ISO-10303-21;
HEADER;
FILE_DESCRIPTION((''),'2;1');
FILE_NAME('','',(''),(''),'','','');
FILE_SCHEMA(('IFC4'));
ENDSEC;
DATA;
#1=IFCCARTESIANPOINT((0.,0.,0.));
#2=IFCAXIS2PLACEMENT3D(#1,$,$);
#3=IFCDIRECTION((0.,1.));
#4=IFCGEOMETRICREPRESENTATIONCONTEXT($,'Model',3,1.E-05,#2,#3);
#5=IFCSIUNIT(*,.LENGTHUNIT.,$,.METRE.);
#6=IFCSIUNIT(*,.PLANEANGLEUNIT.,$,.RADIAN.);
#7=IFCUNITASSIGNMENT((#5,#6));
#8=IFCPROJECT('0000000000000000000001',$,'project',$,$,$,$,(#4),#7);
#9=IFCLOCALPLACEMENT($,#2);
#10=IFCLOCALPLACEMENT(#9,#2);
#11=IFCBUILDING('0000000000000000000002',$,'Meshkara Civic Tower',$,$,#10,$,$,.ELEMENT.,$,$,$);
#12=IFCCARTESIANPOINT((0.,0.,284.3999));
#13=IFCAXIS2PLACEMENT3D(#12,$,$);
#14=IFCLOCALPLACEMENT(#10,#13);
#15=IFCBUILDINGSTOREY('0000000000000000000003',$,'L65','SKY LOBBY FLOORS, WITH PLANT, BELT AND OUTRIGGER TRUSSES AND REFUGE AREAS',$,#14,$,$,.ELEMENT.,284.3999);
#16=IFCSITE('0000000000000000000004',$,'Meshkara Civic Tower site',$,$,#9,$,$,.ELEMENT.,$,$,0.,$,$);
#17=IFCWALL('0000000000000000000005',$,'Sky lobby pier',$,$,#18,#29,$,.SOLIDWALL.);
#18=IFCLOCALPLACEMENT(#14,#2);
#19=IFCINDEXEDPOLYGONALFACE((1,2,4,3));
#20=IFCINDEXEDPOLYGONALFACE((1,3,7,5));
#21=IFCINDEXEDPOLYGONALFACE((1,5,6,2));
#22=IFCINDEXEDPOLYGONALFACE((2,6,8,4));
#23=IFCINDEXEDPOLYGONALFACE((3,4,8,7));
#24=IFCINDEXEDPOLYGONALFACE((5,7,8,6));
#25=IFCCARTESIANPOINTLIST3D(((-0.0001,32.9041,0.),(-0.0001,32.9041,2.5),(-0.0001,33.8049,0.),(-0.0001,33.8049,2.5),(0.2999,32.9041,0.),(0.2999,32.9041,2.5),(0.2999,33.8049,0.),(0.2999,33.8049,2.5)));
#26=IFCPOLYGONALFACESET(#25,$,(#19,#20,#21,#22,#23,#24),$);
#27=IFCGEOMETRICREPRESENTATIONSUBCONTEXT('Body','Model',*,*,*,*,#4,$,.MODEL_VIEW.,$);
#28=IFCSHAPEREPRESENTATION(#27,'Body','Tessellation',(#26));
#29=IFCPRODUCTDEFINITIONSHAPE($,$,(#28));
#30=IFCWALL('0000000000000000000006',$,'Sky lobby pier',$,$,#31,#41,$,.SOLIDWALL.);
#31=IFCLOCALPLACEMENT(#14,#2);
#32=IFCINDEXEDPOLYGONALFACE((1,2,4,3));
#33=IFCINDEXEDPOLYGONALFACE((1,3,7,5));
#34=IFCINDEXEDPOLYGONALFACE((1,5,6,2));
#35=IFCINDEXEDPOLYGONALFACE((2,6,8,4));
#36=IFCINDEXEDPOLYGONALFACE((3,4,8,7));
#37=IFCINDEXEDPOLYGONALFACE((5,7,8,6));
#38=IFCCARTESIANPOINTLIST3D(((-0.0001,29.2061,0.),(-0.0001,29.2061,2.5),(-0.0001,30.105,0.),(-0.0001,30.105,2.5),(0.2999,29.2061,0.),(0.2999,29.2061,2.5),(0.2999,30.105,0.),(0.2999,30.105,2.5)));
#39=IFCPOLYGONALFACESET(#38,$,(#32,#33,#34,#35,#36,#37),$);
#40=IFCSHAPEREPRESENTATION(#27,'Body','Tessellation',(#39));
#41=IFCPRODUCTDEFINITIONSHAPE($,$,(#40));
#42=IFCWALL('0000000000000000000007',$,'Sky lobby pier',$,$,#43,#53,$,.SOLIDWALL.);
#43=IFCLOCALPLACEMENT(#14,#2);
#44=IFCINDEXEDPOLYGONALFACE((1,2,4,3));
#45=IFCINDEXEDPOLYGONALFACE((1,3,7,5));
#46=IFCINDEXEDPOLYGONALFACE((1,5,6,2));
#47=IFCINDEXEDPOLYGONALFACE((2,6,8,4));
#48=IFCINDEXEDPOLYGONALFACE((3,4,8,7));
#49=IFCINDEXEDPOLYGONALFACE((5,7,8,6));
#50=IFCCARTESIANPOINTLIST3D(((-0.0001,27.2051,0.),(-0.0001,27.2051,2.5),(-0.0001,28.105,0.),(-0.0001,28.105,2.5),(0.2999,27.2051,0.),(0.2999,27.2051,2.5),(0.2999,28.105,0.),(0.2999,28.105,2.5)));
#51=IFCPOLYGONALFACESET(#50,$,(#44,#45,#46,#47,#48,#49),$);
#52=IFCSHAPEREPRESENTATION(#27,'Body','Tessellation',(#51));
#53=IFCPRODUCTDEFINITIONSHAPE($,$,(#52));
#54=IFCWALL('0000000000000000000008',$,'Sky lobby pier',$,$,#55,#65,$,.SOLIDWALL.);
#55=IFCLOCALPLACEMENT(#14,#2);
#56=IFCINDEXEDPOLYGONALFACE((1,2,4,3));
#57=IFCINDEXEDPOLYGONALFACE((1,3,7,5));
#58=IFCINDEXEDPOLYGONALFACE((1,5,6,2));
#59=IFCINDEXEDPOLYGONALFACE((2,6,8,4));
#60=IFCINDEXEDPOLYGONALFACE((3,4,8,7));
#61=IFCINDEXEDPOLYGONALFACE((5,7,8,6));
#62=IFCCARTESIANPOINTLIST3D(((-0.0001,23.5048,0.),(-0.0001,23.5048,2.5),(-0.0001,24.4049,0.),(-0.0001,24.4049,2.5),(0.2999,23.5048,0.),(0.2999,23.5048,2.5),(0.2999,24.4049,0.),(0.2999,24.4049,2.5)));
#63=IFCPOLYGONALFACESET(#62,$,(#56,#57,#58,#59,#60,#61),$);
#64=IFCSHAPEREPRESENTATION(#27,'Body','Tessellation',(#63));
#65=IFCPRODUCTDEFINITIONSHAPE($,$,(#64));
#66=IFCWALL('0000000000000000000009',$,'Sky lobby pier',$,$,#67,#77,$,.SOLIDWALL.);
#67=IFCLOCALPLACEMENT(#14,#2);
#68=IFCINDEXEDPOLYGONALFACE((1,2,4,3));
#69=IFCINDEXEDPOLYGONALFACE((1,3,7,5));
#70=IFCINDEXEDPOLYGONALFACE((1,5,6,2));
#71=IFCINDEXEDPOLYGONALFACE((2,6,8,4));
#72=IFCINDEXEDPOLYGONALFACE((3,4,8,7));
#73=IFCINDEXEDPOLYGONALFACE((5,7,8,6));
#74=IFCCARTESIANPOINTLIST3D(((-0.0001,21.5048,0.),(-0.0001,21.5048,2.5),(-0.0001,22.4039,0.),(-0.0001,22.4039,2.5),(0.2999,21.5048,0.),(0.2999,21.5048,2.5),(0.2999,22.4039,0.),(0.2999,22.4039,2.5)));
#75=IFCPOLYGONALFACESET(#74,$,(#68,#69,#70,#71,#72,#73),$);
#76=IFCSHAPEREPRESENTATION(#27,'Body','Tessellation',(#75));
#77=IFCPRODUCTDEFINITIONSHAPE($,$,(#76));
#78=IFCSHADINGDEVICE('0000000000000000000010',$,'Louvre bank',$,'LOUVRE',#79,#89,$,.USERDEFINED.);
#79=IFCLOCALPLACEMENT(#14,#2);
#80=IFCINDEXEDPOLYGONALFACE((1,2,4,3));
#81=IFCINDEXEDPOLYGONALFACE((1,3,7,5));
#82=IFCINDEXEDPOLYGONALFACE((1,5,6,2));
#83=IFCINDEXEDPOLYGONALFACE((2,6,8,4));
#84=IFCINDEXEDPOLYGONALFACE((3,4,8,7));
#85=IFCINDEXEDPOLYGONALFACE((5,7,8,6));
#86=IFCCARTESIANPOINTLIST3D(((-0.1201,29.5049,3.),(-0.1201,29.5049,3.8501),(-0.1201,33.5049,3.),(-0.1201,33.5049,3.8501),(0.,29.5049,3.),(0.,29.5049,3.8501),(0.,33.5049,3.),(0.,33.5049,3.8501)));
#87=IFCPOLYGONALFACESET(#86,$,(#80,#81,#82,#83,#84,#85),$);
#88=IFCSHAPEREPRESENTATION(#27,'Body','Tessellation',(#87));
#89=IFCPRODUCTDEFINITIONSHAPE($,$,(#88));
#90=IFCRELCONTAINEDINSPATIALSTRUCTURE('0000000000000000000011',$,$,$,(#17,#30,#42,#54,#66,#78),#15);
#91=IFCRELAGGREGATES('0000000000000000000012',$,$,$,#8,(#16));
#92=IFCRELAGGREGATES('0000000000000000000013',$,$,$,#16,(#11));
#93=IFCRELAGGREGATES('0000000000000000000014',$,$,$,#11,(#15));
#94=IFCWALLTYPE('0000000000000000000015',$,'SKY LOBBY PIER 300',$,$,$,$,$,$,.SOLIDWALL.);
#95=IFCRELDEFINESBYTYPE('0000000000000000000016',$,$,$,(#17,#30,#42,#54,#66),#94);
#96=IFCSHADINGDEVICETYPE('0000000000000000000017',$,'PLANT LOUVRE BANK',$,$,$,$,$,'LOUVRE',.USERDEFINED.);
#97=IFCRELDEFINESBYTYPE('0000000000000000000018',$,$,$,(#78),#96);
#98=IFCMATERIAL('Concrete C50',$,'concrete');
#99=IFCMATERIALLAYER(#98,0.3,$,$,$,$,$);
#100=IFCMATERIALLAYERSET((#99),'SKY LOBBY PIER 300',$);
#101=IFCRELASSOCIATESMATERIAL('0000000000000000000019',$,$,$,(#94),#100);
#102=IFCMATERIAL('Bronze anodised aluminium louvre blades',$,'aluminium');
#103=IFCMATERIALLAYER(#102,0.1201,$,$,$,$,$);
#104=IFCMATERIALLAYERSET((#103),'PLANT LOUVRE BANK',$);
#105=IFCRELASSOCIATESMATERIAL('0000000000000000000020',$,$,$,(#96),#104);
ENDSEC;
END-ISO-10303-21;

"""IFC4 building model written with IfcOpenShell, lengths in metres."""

from ifc_helpers import new_model, si_unit, direction, frame, frame_2d, origin, origin_2d, place, context, subcontext, project, spatial, rectangle, extrude, material, layer, layer_set, type_object, element, save


model = new_model("IFC4")

# Units and contexts
model_context = context("Model", 3, precision=1e-05, world=origin(), true_north=direction((0.0, 1.0)))
body_context = subcontext(model_context, "Body", "Model", "MODEL_VIEW")
ifc_project = project(units=[si_unit("LENGTHUNIT", "METRE"), si_unit("PLANEANGLEUNIT", "RADIAN")], contexts=[model_context])

# Site, building, storey
site_placement = place(None, origin())
site = spatial("IfcSite", under=ifc_project, at=site_placement, Name="Meshkara Civic Tower site", CompositionType="ELEMENT", RefElevation=0.0)
building_placement = place(site_placement, origin())
building = spatial("IfcBuilding", under=site, at=building_placement, Name="Meshkara Civic Tower", CompositionType="ELEMENT")
storey_placement = place(building_placement, frame((0.0, 0.0, 284.3999)))
storey = spatial("IfcBuildingStorey", under=building, at=storey_placement, Name="L65", Description="SKY LOBBY FLOORS, WITH PLANT, BELT AND OUTRIGGER TRUSSES AND REFUGE AREAS", CompositionType="ELEMENT", Elevation=284.3999)

# Walls
ifc_material_1 = material(Name="Concrete C50", Category="concrete")
ifc_layer_1 = layer(ifc_material_1, 0.3)
ifc_layer_set_1 = layer_set([ifc_layer_1], Name="SKY LOBBY PIER 300")
wall_type_1 = type_object("IfcWallType", Name="SKY LOBBY PIER 300", PredefinedType="SOLIDWALL", material=ifc_layer_set_1)
wall_1_placement = place(storey_placement, frame((0.1499, 33.8049, 0.0), z_axis=(0.0, 0.0, 1.0), x_axis=(0.0, -1.0, 0.0)))
element("IfcWall", 1, at=wall_1_placement, inside=storey, type_object=wall_type_1, Name="Sky lobby pier", PredefinedType="SOLIDWALL", context=body_context, shape_type="SweptSolid", body=[
    extrude(rectangle(XDim=0.9009, YDim=0.3, at=frame_2d((0.4504, 0.0))), origin(), (0.0, 0.0, 1.0), 2.5),
])
wall_2_placement = place(storey_placement, frame((0.1499, 30.105, 0.0), z_axis=(0.0, 0.0, 1.0), x_axis=(0.0, -1.0, 0.0)))
element("IfcWall", 2, at=wall_2_placement, inside=storey, type_object=wall_type_1, Name="Sky lobby pier", PredefinedType="SOLIDWALL", context=body_context, shape_type="SweptSolid", body=[
    extrude(rectangle(XDim=0.8989, YDim=0.3, at=frame_2d((0.4495, 0.0))), origin(), (0.0, 0.0, 1.0), 2.5),
])
wall_3_placement = place(storey_placement, frame((0.1499, 28.105, 0.0), z_axis=(0.0, 0.0, 1.0), x_axis=(0.0, -1.0, 0.0)))
element("IfcWall", 3, at=wall_3_placement, inside=storey, type_object=wall_type_1, Name="Sky lobby pier", PredefinedType="SOLIDWALL", context=body_context, shape_type="SweptSolid", body=[
    extrude(rectangle(XDim=0.8999, YDim=0.3, at=frame_2d((0.45, 0.0))), origin(), (0.0, 0.0, 1.0), 2.5),
])
wall_4_placement = place(storey_placement, frame((0.1499, 24.405, 0.0), z_axis=(0.0, 0.0, 1.0), x_axis=(0.0, -1.0, 0.0)))
element("IfcWall", 4, at=wall_4_placement, inside=storey, type_object=wall_type_1, Name="Sky lobby pier", PredefinedType="SOLIDWALL", context=body_context, shape_type="SweptSolid", body=[
    extrude(rectangle(XDim=0.9001, YDim=0.3, at=frame_2d((0.4502, 0.0))), origin(), (0.0, 0.0, 1.0), 2.5),
])
wall_5_placement = place(storey_placement, frame((0.1499, 22.4041, 0.0), z_axis=(0.0, 0.0, 1.0), x_axis=(0.0, -1.0, 0.0)))
element("IfcWall", 5, at=wall_5_placement, inside=storey, type_object=wall_type_1, Name="Sky lobby pier", PredefinedType="SOLIDWALL", context=body_context, shape_type="SweptSolid", body=[
    extrude(rectangle(XDim=0.8992, YDim=0.3, at=frame_2d((0.4497, 0.0))), origin(), (0.0, 0.0, 1.0), 2.5),
])

# Shading device
ifc_material_2 = material(Name="Bronze anodised aluminium louvre blades", Category="aluminium")
ifc_layer_2 = layer(ifc_material_2, 0.1201)
ifc_layer_set_2 = layer_set([ifc_layer_2], Name="PLANT LOUVRE BANK")
shading_device_type = type_object("IfcShadingDeviceType", Name="PLANT LOUVRE BANK", ElementType="LOUVRE", PredefinedType="USERDEFINED", material=ifc_layer_set_2)
shading_device_placement = place(storey_placement, frame((-0.0601, 31.5049, 3.0), z_axis=(0.0, 0.0, 1.0), x_axis=(0.0, -1.0, 0.0)))
element("IfcShadingDevice", 6, at=shading_device_placement, inside=storey, type_object=shading_device_type, Name="Louvre bank", ObjectType="LOUVRE", PredefinedType="USERDEFINED", context=body_context, shape_type="SweptSolid", body=[
    extrude(rectangle(XDim=4.0, YDim=0.1201, at=origin_2d()), origin(), (0.0, 0.0, 1.0), 0.8501),
])

save(model, "model.ifc")
